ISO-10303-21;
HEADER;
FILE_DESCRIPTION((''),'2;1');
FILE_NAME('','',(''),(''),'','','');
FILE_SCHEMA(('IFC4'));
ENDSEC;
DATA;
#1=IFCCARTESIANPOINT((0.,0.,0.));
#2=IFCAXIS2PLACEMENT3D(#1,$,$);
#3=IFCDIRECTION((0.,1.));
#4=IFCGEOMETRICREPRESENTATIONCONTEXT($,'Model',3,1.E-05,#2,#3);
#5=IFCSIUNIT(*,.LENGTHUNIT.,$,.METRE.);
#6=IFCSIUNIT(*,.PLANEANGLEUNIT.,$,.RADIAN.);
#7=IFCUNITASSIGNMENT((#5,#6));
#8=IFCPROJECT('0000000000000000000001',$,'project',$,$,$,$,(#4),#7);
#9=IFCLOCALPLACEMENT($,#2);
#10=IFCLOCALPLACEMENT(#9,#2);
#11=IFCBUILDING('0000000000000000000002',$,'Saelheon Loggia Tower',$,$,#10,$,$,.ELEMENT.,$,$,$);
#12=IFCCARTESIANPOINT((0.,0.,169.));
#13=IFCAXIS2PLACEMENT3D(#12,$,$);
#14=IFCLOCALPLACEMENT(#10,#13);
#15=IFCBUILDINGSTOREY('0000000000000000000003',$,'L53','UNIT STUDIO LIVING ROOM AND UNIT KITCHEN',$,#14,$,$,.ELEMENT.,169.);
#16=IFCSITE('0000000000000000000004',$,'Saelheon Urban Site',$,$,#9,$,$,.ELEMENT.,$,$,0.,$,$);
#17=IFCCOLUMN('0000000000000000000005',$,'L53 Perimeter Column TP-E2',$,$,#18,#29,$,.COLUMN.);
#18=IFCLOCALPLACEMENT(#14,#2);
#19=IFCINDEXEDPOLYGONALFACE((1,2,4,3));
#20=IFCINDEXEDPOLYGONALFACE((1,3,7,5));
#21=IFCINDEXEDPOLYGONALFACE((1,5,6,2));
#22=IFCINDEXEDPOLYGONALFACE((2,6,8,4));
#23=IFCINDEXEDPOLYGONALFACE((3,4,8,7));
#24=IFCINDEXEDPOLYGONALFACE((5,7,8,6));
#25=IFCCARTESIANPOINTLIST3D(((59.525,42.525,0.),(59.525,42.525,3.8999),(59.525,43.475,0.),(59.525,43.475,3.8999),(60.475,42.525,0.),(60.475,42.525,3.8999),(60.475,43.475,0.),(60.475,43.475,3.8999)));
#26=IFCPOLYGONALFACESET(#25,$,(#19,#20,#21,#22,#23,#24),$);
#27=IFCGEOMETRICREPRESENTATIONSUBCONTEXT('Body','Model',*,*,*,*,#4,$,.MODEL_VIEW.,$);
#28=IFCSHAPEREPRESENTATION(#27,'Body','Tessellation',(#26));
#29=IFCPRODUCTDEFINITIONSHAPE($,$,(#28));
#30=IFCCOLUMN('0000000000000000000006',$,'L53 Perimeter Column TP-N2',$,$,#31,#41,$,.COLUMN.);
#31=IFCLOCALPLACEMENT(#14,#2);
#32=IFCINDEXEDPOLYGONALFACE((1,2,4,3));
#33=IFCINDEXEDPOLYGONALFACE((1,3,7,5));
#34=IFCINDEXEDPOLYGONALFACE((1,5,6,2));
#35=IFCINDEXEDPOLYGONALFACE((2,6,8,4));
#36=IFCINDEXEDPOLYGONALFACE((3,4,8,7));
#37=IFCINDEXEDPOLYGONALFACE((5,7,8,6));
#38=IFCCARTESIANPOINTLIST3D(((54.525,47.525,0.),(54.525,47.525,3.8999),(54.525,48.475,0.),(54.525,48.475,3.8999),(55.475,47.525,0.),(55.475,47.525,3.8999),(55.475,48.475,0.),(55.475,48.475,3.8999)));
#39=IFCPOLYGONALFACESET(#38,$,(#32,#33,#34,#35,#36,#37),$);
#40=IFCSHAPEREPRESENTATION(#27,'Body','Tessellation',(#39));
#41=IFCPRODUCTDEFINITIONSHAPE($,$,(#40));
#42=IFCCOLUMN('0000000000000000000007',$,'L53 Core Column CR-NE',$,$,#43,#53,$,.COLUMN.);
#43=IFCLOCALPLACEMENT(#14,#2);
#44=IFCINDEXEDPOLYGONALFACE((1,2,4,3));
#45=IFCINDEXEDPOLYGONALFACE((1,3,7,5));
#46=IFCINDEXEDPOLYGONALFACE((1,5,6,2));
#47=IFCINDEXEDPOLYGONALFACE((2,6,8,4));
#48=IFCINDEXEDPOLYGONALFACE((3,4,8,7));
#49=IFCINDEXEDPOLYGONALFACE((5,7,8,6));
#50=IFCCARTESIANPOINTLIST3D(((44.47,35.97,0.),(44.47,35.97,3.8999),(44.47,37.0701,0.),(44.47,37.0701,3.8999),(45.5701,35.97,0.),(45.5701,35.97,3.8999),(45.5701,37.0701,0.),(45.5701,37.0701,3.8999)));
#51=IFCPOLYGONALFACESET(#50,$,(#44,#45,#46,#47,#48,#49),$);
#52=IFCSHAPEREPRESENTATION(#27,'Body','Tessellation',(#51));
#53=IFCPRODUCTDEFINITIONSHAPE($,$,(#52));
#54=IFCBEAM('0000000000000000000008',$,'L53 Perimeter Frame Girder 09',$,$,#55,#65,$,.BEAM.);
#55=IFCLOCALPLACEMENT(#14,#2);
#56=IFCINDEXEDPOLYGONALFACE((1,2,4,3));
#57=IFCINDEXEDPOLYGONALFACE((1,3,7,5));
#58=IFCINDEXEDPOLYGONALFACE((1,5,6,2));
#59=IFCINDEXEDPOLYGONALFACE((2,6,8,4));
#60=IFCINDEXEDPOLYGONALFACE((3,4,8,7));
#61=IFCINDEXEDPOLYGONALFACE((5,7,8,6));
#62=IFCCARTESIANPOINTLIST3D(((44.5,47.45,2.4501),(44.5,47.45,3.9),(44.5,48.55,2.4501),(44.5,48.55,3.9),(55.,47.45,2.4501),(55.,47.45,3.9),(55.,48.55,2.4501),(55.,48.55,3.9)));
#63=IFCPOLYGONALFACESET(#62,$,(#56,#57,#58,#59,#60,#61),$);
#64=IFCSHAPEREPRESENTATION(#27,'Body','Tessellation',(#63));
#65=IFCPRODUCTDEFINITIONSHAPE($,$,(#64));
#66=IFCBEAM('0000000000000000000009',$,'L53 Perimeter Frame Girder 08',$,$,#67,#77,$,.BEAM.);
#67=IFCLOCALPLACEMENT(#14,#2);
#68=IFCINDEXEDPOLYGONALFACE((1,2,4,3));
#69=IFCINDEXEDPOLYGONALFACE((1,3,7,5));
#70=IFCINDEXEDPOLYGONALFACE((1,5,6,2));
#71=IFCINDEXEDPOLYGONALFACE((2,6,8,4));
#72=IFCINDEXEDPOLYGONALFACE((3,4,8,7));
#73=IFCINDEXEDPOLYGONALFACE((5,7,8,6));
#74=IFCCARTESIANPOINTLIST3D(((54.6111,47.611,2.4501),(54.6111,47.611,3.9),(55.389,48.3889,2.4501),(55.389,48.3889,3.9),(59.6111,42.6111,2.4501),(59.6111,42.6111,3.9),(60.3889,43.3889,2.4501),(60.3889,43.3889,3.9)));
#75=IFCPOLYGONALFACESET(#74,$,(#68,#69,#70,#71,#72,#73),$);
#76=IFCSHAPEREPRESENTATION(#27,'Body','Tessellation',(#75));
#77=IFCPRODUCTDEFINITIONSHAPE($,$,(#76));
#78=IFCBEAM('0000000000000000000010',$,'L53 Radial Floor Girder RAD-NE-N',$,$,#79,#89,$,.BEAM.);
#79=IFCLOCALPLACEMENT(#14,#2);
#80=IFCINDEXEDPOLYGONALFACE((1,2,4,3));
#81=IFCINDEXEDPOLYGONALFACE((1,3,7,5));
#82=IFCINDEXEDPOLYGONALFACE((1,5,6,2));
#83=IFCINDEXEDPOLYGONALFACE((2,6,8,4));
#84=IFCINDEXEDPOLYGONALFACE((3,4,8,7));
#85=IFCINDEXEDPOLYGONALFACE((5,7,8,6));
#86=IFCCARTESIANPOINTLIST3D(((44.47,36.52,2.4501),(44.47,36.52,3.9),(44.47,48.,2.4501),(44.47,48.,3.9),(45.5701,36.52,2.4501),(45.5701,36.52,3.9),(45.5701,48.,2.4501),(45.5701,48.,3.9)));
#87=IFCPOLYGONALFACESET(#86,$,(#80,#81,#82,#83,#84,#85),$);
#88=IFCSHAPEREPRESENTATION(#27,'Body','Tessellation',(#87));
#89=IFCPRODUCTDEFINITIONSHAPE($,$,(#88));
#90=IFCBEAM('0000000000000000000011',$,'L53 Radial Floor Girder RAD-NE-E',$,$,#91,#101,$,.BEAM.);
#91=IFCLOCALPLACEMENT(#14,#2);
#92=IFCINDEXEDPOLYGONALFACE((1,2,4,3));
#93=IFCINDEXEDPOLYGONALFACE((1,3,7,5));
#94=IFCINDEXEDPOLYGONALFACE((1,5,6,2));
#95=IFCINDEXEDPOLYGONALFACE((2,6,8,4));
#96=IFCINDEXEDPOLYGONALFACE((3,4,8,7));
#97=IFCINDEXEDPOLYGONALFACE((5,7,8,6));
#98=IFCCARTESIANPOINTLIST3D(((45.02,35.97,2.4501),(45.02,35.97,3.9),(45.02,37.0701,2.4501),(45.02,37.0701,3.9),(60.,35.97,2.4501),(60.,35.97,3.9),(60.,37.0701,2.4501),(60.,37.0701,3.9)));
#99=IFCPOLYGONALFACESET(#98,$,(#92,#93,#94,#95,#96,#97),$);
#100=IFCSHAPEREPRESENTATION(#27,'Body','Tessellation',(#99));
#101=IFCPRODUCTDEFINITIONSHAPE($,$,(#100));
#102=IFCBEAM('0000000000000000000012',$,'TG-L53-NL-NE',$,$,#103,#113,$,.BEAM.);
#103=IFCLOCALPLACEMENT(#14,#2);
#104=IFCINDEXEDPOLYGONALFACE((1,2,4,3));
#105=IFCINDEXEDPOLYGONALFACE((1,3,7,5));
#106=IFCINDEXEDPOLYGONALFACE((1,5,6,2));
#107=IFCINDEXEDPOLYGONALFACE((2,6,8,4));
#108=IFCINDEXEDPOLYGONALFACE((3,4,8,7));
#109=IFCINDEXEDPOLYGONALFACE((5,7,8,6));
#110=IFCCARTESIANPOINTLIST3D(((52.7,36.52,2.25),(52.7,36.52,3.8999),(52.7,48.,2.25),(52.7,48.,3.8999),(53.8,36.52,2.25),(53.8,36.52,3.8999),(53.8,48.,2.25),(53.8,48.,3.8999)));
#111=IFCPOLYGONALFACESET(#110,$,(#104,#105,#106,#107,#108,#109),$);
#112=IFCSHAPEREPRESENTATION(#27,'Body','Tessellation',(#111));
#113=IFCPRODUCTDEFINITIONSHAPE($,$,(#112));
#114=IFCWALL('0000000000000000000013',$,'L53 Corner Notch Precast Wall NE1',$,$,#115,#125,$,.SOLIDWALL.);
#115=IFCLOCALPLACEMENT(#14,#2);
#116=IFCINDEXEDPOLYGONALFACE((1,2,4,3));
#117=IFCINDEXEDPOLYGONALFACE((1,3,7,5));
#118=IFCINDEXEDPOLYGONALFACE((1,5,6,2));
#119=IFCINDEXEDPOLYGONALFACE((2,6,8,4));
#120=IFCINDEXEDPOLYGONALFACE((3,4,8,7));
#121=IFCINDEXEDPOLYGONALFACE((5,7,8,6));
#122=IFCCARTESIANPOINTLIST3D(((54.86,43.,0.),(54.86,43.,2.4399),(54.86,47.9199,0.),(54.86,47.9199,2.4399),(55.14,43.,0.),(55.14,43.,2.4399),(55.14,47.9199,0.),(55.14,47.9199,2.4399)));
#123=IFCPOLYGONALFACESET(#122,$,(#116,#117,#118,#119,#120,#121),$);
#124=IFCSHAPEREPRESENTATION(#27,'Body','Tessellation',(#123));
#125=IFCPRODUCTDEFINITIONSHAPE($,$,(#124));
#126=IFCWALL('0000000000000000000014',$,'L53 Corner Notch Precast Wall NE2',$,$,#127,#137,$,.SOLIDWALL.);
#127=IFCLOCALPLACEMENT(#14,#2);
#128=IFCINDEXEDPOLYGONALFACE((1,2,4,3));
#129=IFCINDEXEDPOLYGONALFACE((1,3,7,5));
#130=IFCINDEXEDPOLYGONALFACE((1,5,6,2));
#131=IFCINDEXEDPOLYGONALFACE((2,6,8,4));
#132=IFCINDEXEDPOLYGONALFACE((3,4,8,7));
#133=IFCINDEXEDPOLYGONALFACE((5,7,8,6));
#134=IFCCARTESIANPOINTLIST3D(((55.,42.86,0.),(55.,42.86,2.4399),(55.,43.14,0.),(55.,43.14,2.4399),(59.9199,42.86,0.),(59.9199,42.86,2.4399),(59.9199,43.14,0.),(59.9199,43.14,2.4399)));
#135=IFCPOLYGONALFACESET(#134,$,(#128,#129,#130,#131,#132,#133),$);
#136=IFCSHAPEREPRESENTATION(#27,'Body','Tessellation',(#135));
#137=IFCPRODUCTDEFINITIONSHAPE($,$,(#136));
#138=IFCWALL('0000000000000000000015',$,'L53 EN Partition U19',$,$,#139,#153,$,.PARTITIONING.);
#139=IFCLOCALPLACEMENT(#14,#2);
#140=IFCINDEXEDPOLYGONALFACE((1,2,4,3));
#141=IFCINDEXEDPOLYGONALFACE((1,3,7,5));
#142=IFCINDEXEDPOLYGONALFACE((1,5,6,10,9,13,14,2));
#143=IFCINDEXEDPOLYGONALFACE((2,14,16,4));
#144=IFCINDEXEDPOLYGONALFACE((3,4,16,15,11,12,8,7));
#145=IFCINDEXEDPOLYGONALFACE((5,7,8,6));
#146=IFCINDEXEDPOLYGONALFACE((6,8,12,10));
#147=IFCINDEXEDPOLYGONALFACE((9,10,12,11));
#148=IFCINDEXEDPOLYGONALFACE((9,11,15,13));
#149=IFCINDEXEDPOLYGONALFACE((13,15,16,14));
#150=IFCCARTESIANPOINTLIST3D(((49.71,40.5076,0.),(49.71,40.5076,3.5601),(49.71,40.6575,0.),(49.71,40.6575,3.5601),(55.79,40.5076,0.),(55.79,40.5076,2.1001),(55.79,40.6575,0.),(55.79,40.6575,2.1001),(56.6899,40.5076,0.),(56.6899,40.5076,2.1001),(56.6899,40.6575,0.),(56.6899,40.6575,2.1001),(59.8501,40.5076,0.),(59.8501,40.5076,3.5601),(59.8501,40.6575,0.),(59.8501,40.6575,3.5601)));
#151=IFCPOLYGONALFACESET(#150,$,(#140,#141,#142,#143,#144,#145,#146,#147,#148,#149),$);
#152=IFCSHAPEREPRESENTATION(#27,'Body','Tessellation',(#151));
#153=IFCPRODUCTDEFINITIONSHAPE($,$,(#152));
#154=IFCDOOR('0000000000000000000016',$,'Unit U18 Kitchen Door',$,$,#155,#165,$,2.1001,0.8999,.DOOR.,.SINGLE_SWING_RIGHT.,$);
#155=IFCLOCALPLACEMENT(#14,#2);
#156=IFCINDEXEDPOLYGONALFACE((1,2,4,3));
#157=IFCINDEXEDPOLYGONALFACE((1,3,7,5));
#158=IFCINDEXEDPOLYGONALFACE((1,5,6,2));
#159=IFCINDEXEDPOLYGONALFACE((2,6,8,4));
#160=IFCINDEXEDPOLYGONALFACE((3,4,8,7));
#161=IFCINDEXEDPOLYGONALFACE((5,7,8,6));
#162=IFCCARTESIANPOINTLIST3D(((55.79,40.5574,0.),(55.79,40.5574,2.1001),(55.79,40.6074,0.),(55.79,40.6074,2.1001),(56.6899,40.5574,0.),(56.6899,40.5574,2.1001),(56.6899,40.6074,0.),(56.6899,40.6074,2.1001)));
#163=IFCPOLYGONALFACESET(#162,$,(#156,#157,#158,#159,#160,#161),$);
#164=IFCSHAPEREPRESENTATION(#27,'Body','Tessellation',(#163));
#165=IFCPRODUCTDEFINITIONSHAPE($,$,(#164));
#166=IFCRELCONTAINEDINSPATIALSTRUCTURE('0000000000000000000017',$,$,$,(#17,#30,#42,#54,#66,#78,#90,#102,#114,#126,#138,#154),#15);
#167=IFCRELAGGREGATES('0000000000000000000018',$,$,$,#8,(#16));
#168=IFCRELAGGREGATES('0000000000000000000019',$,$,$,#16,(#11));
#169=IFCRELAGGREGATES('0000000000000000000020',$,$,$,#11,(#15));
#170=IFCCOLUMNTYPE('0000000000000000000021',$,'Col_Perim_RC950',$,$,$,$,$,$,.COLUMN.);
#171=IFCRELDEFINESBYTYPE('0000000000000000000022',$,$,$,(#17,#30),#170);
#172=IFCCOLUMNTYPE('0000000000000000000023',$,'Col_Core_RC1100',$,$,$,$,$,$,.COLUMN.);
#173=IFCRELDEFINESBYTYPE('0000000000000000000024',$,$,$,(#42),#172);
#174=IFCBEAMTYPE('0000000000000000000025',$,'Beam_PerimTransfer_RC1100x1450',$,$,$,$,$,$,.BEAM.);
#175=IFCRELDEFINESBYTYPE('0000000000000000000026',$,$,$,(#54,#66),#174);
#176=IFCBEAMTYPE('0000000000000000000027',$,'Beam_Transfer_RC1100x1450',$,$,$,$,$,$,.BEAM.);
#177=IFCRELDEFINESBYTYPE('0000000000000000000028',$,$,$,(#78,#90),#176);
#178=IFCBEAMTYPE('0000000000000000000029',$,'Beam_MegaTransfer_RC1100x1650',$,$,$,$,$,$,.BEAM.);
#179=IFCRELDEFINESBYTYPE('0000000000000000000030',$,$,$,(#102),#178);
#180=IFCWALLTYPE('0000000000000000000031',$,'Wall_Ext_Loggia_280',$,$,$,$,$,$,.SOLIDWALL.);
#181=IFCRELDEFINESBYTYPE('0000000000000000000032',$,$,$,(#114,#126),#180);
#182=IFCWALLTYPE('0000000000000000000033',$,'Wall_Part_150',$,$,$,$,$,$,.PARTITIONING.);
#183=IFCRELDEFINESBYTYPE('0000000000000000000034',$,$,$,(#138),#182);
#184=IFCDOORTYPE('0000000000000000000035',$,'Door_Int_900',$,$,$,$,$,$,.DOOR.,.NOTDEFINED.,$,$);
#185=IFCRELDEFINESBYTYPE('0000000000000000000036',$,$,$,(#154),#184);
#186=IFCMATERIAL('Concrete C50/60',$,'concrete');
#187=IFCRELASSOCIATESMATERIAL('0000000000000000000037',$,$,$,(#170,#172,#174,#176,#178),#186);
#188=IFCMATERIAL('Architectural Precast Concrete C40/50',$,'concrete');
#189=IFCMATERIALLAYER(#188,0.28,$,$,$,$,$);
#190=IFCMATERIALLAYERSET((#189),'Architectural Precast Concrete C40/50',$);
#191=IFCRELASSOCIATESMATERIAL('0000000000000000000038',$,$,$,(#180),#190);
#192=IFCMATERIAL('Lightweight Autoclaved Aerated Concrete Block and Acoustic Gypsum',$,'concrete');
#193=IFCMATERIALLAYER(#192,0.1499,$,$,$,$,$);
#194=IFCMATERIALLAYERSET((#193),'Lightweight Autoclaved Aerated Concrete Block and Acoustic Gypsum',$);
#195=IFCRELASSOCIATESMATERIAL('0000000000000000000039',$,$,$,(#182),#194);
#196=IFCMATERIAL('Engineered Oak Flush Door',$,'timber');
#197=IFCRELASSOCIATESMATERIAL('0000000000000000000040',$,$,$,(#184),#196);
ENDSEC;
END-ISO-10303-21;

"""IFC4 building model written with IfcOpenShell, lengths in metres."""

from ifc_helpers import new_model, si_unit, direction, frame, frame_2d, origin, origin_2d, place, context, subcontext, project, spatial, rectangle, extrude, source, transform, mapped, material, layer, layer_set, material_profile, profile_set, type_object, element, fill, save


model = new_model("IFC4")

# Units and contexts
model_context = context("Model", 3, precision=1e-05, world=origin(), true_north=direction((0.0, 1.0)))
body_context = subcontext(model_context, "Body", "Model", "MODEL_VIEW")
ifc_project = project(units=[si_unit("LENGTHUNIT", "METRE"), si_unit("PLANEANGLEUNIT", "RADIAN")], contexts=[model_context])

# Site, building, storey
site_placement = place(None, origin())
site = spatial("IfcSite", under=ifc_project, at=site_placement, Name="Saelheon Urban Site", CompositionType="ELEMENT", RefElevation=0.0)
building_placement = place(site_placement, origin())
building = spatial("IfcBuilding", under=site, at=building_placement, Name="Saelheon Loggia Tower", CompositionType="ELEMENT")
storey_placement = place(building_placement, frame((0.0, 0.0, 169.0)))
storey = spatial("IfcBuildingStorey", under=building, at=storey_placement, Name="L53", Description="UNIT STUDIO LIVING ROOM AND UNIT KITCHEN", CompositionType="ELEMENT", Elevation=169.0)

# Columns
ifc_material_1 = material(Name="Concrete C50/60", Category="concrete")
ifc_material_profile_1 = material_profile(ifc_material_1, rectangle(XDim=0.95, YDim=0.95, at=origin_2d()), Name="RC-950x950")
ifc_profile_set_1 = profile_set([ifc_material_profile_1], Name="Concrete C50/60")
column_type_1 = type_object("IfcColumnType", Name="Col_Perim_RC950", PredefinedType="COLUMN", material=ifc_profile_set_1)
shared_shape_1 = source(origin(), body_context, "Body", "SweptSolid", [
    extrude(rectangle(XDim=0.95, YDim=0.95, at=origin_2d()), origin(), (0.0, 0.0, 1.0), 3.8999),
])
for number, where, z_axis, x_axis, name in (
    (1, (60.0, 43.0, 0.0), (0.0, 0.0, 1.0), (1.0, 0.0, 0.0), "L53 Perimeter Column TP-E2"),
    (2, (55.0, 48.0, 0.0), (0.0, 0.0, 1.0), (1.0, 0.0, 0.0), "L53 Perimeter Column TP-N2"),
):
    element("IfcColumn", number, at=place(storey_placement, frame(where, z_axis=z_axis, x_axis=x_axis)), inside=storey, type_object=column_type_1, Name=name, PredefinedType="COLUMN", context=body_context, shape_type="MappedRepresentation", body=[
        mapped(shared_shape_1, transform((0.0, 0.0, 0.0), scale=1.0)),
    ])
ifc_material_profile_2 = material_profile(ifc_material_1, rectangle(XDim=1.1001, YDim=1.1001, at=origin_2d()), Name="RC-1100x1100")
ifc_profile_set_2 = profile_set([ifc_material_profile_2], Name="Concrete C50/60")
column_type_2 = type_object("IfcColumnType", Name="Col_Core_RC1100", PredefinedType="COLUMN", material=ifc_profile_set_2)
shared_shape_2 = source(origin(), body_context, "Body", "SweptSolid", [
    extrude(rectangle(XDim=1.1001, YDim=1.1001, at=origin_2d()), origin(), (0.0, 0.0, 1.0), 3.8999),
])
column_placement = place(storey_placement, frame((45.02, 36.52, 0.0), z_axis=(0.0, 0.0, 1.0), x_axis=(1.0, 0.0, 0.0)))
element("IfcColumn", 3, at=column_placement, inside=storey, type_object=column_type_2, Name="L53 Core Column CR-NE", PredefinedType="COLUMN", context=body_context, shape_type="MappedRepresentation", body=[
    mapped(shared_shape_2, transform((0.0, 0.0, 0.0), scale=1.0)),
])

# Beams
ifc_material_profile_3 = material_profile(ifc_material_1, rectangle(XDim=1.1001, YDim=1.45, at=origin_2d()), Name="RC-1100x1450")
ifc_profile_set_3 = profile_set([ifc_material_profile_3], Name="Concrete C50/60")
beam_type_1 = type_object("IfcBeamType", Name="Beam_PerimTransfer_RC1100x1450", PredefinedType="BEAM", material=ifc_profile_set_3)
shared_shape_3 = source(origin(), body_context, "Body", "SweptSolid", [
    extrude(rectangle(XDim=1.1001, YDim=1.45, at=origin_2d()), origin(), (0.0, 0.0, 1.0), 10.5),
])
beam_1_placement = place(storey_placement, frame((55.0, 48.0, 3.175), z_axis=(-1.0, 0.0, 0.0), x_axis=(0.0, -1.0, 0.0)))
element("IfcBeam", 4, at=beam_1_placement, inside=storey, type_object=beam_type_1, Name="L53 Perimeter Frame Girder 09", PredefinedType="BEAM", context=body_context, shape_type="MappedRepresentation", body=[
    mapped(shared_shape_3, transform((0.0, 0.0, 0.0), scale=1.0)),
])
shared_shape_4 = source(origin(), body_context, "Body", "SweptSolid", [
    extrude(rectangle(XDim=1.1001, YDim=1.45, at=origin_2d()), origin(), (0.0, 0.0, 1.0), 7.071),
])
beam_2_placement = place(storey_placement, frame((60.0, 43.0, 3.175), z_axis=(-0.707107, 0.707107, 0.0), x_axis=(-0.707107, -0.707107, 0.0)))
element("IfcBeam", 5, at=beam_2_placement, inside=storey, type_object=beam_type_1, Name="L53 Perimeter Frame Girder 08", PredefinedType="BEAM", context=body_context, shape_type="MappedRepresentation", body=[
    mapped(shared_shape_4, transform((0.0, 0.0, 0.0), scale=1.0)),
])
ifc_material_profile_4 = material_profile(ifc_material_1, rectangle(XDim=1.1001, YDim=1.45, at=origin_2d()), Name="RC-1100x1450")
ifc_profile_set_4 = profile_set([ifc_material_profile_4], Name="Concrete C50/60")
beam_type_2 = type_object("IfcBeamType", Name="Beam_Transfer_RC1100x1450", PredefinedType="BEAM", material=ifc_profile_set_4)
shared_shape_5 = source(origin(), body_context, "Body", "SweptSolid", [
    extrude(rectangle(XDim=1.1001, YDim=1.45, at=origin_2d()), origin(), (0.0, 0.0, 1.0), 11.48),
])
beam_3_placement = place(storey_placement, frame((45.02, 36.52, 3.175), z_axis=(0.0, 1.0, 0.0), x_axis=(-1.0, 0.0, 0.0)))
element("IfcBeam", 6, at=beam_3_placement, inside=storey, type_object=beam_type_2, Name="L53 Radial Floor Girder RAD-NE-N", PredefinedType="BEAM", context=body_context, shape_type="MappedRepresentation", body=[
    mapped(shared_shape_5, transform((0.0, 0.0, 0.0), scale=1.0)),
])
shared_shape_6 = source(origin(), body_context, "Body", "SweptSolid", [
    extrude(rectangle(XDim=1.1001, YDim=1.45, at=origin_2d()), origin(), (0.0, 0.0, 1.0), 14.98),
])
beam_4_placement = place(storey_placement, frame((45.02, 36.52, 3.175), z_axis=(1.0, 0.0, 0.0), x_axis=(0.0, 1.0, 0.0)))
element("IfcBeam", 7, at=beam_4_placement, inside=storey, type_object=beam_type_2, Name="L53 Radial Floor Girder RAD-NE-E", PredefinedType="BEAM", context=body_context, shape_type="MappedRepresentation", body=[
    mapped(shared_shape_6, transform((0.0, 0.0, 0.0), scale=1.0)),
])
ifc_material_profile_5 = material_profile(ifc_material_1, rectangle(XDim=1.1001, YDim=1.6499, at=origin_2d()), Name="RC-1100x1650")
ifc_profile_set_5 = profile_set([ifc_material_profile_5], Name="Concrete C50/60")
beam_type_3 = type_object("IfcBeamType", Name="Beam_MegaTransfer_RC1100x1650", PredefinedType="BEAM", material=ifc_profile_set_5)
shared_shape_7 = source(origin(), body_context, "Body", "SweptSolid", [
    extrude(rectangle(XDim=1.1001, YDim=1.6499, at=origin_2d()), origin(), (0.0, 0.0, 1.0), 11.48),
])
beam_5_placement = place(storey_placement, frame((53.25, 36.52, 3.075), z_axis=(0.0, 1.0, 0.0), x_axis=(-1.0, 0.0, 0.0)))
element("IfcBeam", 8, at=beam_5_placement, inside=storey, type_object=beam_type_3, Name="TG-L53-NL-NE", PredefinedType="BEAM", context=body_context, shape_type="MappedRepresentation", body=[
    mapped(shared_shape_7, transform((0.0, 0.0, 0.0), scale=1.0)),
])

# Walls
ifc_material_2 = material(Name="Architectural Precast Concrete C40/50", Category="concrete")
ifc_layer_1 = layer(ifc_material_2, 0.28)
ifc_layer_set_1 = layer_set([ifc_layer_1], Name="Architectural Precast Concrete C40/50")
wall_type_1 = type_object("IfcWallType", Name="Wall_Ext_Loggia_280", PredefinedType="SOLIDWALL", material=ifc_layer_set_1)
for number, where, z_axis, x_axis, name in (
    (9, (55.0, 43.0, 0.0), (0.0, 0.0, 1.0), (0.0, 1.0, 0.0), "L53 Corner Notch Precast Wall NE1"),
    (10, (55.0, 43.0, 0.0), (0.0, 0.0, 1.0), (1.0, 0.0, 0.0), "L53 Corner Notch Precast Wall NE2"),
):
    element("IfcWall", number, at=place(storey_placement, frame(where, z_axis=z_axis, x_axis=x_axis)), inside=storey, type_object=wall_type_1, Name=name, PredefinedType="SOLIDWALL", context=body_context, shape_type="SweptSolid", body=[
        extrude(rectangle(XDim=4.9199, YDim=0.28, at=frame_2d((2.46, 0.0))), origin(), (0.0, 0.0, 1.0), 2.4399),
    ])

# Wall, opening, door
ifc_material_3 = material(Name="Lightweight Autoclaved Aerated Concrete Block and Acoustic Gypsum", Category="concrete")
ifc_layer_2 = layer(ifc_material_3, 0.1499)
ifc_layer_set_2 = layer_set([ifc_layer_2], Name="Lightweight Autoclaved Aerated Concrete Block and Acoustic Gypsum")
wall_type_2 = type_object("IfcWallType", Name="Wall_Part_150", PredefinedType="PARTITIONING", material=ifc_layer_set_2)
wall_1_placement = place(storey_placement, frame((49.71, 40.5825, 0.0), z_axis=(0.0, 0.0, 1.0), x_axis=(1.0, 0.0, 0.0)))
wall_1 = element("IfcWall", 11, at=wall_1_placement, inside=storey, type_object=wall_type_2, Name="L53 EN Partition U19", PredefinedType="PARTITIONING", context=body_context, shape_type="SweptSolid", body=[
    extrude(rectangle(XDim=10.1401, YDim=0.1499, at=frame_2d((5.0701, 0.0))), origin(), (0.0, 0.0, 1.0), 3.5601),
])
opening_1_placement = place(wall_1_placement, frame((6.0801, 0.0, 0.0)))
opening_1 = element("IfcOpeningElement", 12, at=opening_1_placement, cuts=wall_1, PredefinedType="OPENING", context=body_context, shape_type="SweptSolid", body=[
    extrude(rectangle(XDim=0.8999, YDim=2.1001, at=frame_2d((0.45, 1.05))), frame((0.0, 0.0869, 0.0), z_axis=(0.0, -1.0, 0.0), x_axis=(1.0, 0.0, 0.0)), (0.0, 0.0, 1.0), 0.1738),
])
ifc_material_4 = material(Name="Engineered Oak Flush Door", Category="timber")
door_type_1 = type_object("IfcDoorType", Name="Door_Int_900", OperationType="NOTDEFINED", PredefinedType="DOOR", material=ifc_material_4)
shared_shape_8 = source(origin(), body_context, "Body", "SweptSolid", [
    extrude(rectangle(XDim=0.8999, YDim=2.1001, at=frame_2d((0.45, 1.05))), frame((0.0, 0.0249, 0.0), z_axis=(0.0, -1.0, 0.0), x_axis=(1.0, 0.0, 0.0)), (0.0, 0.0, 1.0), 0.05),
])
door_1_placement = place(opening_1_placement, origin())
door_1 = element("IfcDoor", 13, at=door_1_placement, inside=storey, type_object=door_type_1, Name="Unit U18 Kitchen Door", OperationType="SINGLE_SWING_RIGHT", OverallHeight=2.1001, OverallWidth=0.8999, PredefinedType="DOOR", context=body_context, shape_type="MappedRepresentation", body=[
    mapped(shared_shape_8, transform((0.0, 0.0, 0.0), scale=1.0)),
])
fill(opening_1, door_1)

save(model, "model.ifc")
